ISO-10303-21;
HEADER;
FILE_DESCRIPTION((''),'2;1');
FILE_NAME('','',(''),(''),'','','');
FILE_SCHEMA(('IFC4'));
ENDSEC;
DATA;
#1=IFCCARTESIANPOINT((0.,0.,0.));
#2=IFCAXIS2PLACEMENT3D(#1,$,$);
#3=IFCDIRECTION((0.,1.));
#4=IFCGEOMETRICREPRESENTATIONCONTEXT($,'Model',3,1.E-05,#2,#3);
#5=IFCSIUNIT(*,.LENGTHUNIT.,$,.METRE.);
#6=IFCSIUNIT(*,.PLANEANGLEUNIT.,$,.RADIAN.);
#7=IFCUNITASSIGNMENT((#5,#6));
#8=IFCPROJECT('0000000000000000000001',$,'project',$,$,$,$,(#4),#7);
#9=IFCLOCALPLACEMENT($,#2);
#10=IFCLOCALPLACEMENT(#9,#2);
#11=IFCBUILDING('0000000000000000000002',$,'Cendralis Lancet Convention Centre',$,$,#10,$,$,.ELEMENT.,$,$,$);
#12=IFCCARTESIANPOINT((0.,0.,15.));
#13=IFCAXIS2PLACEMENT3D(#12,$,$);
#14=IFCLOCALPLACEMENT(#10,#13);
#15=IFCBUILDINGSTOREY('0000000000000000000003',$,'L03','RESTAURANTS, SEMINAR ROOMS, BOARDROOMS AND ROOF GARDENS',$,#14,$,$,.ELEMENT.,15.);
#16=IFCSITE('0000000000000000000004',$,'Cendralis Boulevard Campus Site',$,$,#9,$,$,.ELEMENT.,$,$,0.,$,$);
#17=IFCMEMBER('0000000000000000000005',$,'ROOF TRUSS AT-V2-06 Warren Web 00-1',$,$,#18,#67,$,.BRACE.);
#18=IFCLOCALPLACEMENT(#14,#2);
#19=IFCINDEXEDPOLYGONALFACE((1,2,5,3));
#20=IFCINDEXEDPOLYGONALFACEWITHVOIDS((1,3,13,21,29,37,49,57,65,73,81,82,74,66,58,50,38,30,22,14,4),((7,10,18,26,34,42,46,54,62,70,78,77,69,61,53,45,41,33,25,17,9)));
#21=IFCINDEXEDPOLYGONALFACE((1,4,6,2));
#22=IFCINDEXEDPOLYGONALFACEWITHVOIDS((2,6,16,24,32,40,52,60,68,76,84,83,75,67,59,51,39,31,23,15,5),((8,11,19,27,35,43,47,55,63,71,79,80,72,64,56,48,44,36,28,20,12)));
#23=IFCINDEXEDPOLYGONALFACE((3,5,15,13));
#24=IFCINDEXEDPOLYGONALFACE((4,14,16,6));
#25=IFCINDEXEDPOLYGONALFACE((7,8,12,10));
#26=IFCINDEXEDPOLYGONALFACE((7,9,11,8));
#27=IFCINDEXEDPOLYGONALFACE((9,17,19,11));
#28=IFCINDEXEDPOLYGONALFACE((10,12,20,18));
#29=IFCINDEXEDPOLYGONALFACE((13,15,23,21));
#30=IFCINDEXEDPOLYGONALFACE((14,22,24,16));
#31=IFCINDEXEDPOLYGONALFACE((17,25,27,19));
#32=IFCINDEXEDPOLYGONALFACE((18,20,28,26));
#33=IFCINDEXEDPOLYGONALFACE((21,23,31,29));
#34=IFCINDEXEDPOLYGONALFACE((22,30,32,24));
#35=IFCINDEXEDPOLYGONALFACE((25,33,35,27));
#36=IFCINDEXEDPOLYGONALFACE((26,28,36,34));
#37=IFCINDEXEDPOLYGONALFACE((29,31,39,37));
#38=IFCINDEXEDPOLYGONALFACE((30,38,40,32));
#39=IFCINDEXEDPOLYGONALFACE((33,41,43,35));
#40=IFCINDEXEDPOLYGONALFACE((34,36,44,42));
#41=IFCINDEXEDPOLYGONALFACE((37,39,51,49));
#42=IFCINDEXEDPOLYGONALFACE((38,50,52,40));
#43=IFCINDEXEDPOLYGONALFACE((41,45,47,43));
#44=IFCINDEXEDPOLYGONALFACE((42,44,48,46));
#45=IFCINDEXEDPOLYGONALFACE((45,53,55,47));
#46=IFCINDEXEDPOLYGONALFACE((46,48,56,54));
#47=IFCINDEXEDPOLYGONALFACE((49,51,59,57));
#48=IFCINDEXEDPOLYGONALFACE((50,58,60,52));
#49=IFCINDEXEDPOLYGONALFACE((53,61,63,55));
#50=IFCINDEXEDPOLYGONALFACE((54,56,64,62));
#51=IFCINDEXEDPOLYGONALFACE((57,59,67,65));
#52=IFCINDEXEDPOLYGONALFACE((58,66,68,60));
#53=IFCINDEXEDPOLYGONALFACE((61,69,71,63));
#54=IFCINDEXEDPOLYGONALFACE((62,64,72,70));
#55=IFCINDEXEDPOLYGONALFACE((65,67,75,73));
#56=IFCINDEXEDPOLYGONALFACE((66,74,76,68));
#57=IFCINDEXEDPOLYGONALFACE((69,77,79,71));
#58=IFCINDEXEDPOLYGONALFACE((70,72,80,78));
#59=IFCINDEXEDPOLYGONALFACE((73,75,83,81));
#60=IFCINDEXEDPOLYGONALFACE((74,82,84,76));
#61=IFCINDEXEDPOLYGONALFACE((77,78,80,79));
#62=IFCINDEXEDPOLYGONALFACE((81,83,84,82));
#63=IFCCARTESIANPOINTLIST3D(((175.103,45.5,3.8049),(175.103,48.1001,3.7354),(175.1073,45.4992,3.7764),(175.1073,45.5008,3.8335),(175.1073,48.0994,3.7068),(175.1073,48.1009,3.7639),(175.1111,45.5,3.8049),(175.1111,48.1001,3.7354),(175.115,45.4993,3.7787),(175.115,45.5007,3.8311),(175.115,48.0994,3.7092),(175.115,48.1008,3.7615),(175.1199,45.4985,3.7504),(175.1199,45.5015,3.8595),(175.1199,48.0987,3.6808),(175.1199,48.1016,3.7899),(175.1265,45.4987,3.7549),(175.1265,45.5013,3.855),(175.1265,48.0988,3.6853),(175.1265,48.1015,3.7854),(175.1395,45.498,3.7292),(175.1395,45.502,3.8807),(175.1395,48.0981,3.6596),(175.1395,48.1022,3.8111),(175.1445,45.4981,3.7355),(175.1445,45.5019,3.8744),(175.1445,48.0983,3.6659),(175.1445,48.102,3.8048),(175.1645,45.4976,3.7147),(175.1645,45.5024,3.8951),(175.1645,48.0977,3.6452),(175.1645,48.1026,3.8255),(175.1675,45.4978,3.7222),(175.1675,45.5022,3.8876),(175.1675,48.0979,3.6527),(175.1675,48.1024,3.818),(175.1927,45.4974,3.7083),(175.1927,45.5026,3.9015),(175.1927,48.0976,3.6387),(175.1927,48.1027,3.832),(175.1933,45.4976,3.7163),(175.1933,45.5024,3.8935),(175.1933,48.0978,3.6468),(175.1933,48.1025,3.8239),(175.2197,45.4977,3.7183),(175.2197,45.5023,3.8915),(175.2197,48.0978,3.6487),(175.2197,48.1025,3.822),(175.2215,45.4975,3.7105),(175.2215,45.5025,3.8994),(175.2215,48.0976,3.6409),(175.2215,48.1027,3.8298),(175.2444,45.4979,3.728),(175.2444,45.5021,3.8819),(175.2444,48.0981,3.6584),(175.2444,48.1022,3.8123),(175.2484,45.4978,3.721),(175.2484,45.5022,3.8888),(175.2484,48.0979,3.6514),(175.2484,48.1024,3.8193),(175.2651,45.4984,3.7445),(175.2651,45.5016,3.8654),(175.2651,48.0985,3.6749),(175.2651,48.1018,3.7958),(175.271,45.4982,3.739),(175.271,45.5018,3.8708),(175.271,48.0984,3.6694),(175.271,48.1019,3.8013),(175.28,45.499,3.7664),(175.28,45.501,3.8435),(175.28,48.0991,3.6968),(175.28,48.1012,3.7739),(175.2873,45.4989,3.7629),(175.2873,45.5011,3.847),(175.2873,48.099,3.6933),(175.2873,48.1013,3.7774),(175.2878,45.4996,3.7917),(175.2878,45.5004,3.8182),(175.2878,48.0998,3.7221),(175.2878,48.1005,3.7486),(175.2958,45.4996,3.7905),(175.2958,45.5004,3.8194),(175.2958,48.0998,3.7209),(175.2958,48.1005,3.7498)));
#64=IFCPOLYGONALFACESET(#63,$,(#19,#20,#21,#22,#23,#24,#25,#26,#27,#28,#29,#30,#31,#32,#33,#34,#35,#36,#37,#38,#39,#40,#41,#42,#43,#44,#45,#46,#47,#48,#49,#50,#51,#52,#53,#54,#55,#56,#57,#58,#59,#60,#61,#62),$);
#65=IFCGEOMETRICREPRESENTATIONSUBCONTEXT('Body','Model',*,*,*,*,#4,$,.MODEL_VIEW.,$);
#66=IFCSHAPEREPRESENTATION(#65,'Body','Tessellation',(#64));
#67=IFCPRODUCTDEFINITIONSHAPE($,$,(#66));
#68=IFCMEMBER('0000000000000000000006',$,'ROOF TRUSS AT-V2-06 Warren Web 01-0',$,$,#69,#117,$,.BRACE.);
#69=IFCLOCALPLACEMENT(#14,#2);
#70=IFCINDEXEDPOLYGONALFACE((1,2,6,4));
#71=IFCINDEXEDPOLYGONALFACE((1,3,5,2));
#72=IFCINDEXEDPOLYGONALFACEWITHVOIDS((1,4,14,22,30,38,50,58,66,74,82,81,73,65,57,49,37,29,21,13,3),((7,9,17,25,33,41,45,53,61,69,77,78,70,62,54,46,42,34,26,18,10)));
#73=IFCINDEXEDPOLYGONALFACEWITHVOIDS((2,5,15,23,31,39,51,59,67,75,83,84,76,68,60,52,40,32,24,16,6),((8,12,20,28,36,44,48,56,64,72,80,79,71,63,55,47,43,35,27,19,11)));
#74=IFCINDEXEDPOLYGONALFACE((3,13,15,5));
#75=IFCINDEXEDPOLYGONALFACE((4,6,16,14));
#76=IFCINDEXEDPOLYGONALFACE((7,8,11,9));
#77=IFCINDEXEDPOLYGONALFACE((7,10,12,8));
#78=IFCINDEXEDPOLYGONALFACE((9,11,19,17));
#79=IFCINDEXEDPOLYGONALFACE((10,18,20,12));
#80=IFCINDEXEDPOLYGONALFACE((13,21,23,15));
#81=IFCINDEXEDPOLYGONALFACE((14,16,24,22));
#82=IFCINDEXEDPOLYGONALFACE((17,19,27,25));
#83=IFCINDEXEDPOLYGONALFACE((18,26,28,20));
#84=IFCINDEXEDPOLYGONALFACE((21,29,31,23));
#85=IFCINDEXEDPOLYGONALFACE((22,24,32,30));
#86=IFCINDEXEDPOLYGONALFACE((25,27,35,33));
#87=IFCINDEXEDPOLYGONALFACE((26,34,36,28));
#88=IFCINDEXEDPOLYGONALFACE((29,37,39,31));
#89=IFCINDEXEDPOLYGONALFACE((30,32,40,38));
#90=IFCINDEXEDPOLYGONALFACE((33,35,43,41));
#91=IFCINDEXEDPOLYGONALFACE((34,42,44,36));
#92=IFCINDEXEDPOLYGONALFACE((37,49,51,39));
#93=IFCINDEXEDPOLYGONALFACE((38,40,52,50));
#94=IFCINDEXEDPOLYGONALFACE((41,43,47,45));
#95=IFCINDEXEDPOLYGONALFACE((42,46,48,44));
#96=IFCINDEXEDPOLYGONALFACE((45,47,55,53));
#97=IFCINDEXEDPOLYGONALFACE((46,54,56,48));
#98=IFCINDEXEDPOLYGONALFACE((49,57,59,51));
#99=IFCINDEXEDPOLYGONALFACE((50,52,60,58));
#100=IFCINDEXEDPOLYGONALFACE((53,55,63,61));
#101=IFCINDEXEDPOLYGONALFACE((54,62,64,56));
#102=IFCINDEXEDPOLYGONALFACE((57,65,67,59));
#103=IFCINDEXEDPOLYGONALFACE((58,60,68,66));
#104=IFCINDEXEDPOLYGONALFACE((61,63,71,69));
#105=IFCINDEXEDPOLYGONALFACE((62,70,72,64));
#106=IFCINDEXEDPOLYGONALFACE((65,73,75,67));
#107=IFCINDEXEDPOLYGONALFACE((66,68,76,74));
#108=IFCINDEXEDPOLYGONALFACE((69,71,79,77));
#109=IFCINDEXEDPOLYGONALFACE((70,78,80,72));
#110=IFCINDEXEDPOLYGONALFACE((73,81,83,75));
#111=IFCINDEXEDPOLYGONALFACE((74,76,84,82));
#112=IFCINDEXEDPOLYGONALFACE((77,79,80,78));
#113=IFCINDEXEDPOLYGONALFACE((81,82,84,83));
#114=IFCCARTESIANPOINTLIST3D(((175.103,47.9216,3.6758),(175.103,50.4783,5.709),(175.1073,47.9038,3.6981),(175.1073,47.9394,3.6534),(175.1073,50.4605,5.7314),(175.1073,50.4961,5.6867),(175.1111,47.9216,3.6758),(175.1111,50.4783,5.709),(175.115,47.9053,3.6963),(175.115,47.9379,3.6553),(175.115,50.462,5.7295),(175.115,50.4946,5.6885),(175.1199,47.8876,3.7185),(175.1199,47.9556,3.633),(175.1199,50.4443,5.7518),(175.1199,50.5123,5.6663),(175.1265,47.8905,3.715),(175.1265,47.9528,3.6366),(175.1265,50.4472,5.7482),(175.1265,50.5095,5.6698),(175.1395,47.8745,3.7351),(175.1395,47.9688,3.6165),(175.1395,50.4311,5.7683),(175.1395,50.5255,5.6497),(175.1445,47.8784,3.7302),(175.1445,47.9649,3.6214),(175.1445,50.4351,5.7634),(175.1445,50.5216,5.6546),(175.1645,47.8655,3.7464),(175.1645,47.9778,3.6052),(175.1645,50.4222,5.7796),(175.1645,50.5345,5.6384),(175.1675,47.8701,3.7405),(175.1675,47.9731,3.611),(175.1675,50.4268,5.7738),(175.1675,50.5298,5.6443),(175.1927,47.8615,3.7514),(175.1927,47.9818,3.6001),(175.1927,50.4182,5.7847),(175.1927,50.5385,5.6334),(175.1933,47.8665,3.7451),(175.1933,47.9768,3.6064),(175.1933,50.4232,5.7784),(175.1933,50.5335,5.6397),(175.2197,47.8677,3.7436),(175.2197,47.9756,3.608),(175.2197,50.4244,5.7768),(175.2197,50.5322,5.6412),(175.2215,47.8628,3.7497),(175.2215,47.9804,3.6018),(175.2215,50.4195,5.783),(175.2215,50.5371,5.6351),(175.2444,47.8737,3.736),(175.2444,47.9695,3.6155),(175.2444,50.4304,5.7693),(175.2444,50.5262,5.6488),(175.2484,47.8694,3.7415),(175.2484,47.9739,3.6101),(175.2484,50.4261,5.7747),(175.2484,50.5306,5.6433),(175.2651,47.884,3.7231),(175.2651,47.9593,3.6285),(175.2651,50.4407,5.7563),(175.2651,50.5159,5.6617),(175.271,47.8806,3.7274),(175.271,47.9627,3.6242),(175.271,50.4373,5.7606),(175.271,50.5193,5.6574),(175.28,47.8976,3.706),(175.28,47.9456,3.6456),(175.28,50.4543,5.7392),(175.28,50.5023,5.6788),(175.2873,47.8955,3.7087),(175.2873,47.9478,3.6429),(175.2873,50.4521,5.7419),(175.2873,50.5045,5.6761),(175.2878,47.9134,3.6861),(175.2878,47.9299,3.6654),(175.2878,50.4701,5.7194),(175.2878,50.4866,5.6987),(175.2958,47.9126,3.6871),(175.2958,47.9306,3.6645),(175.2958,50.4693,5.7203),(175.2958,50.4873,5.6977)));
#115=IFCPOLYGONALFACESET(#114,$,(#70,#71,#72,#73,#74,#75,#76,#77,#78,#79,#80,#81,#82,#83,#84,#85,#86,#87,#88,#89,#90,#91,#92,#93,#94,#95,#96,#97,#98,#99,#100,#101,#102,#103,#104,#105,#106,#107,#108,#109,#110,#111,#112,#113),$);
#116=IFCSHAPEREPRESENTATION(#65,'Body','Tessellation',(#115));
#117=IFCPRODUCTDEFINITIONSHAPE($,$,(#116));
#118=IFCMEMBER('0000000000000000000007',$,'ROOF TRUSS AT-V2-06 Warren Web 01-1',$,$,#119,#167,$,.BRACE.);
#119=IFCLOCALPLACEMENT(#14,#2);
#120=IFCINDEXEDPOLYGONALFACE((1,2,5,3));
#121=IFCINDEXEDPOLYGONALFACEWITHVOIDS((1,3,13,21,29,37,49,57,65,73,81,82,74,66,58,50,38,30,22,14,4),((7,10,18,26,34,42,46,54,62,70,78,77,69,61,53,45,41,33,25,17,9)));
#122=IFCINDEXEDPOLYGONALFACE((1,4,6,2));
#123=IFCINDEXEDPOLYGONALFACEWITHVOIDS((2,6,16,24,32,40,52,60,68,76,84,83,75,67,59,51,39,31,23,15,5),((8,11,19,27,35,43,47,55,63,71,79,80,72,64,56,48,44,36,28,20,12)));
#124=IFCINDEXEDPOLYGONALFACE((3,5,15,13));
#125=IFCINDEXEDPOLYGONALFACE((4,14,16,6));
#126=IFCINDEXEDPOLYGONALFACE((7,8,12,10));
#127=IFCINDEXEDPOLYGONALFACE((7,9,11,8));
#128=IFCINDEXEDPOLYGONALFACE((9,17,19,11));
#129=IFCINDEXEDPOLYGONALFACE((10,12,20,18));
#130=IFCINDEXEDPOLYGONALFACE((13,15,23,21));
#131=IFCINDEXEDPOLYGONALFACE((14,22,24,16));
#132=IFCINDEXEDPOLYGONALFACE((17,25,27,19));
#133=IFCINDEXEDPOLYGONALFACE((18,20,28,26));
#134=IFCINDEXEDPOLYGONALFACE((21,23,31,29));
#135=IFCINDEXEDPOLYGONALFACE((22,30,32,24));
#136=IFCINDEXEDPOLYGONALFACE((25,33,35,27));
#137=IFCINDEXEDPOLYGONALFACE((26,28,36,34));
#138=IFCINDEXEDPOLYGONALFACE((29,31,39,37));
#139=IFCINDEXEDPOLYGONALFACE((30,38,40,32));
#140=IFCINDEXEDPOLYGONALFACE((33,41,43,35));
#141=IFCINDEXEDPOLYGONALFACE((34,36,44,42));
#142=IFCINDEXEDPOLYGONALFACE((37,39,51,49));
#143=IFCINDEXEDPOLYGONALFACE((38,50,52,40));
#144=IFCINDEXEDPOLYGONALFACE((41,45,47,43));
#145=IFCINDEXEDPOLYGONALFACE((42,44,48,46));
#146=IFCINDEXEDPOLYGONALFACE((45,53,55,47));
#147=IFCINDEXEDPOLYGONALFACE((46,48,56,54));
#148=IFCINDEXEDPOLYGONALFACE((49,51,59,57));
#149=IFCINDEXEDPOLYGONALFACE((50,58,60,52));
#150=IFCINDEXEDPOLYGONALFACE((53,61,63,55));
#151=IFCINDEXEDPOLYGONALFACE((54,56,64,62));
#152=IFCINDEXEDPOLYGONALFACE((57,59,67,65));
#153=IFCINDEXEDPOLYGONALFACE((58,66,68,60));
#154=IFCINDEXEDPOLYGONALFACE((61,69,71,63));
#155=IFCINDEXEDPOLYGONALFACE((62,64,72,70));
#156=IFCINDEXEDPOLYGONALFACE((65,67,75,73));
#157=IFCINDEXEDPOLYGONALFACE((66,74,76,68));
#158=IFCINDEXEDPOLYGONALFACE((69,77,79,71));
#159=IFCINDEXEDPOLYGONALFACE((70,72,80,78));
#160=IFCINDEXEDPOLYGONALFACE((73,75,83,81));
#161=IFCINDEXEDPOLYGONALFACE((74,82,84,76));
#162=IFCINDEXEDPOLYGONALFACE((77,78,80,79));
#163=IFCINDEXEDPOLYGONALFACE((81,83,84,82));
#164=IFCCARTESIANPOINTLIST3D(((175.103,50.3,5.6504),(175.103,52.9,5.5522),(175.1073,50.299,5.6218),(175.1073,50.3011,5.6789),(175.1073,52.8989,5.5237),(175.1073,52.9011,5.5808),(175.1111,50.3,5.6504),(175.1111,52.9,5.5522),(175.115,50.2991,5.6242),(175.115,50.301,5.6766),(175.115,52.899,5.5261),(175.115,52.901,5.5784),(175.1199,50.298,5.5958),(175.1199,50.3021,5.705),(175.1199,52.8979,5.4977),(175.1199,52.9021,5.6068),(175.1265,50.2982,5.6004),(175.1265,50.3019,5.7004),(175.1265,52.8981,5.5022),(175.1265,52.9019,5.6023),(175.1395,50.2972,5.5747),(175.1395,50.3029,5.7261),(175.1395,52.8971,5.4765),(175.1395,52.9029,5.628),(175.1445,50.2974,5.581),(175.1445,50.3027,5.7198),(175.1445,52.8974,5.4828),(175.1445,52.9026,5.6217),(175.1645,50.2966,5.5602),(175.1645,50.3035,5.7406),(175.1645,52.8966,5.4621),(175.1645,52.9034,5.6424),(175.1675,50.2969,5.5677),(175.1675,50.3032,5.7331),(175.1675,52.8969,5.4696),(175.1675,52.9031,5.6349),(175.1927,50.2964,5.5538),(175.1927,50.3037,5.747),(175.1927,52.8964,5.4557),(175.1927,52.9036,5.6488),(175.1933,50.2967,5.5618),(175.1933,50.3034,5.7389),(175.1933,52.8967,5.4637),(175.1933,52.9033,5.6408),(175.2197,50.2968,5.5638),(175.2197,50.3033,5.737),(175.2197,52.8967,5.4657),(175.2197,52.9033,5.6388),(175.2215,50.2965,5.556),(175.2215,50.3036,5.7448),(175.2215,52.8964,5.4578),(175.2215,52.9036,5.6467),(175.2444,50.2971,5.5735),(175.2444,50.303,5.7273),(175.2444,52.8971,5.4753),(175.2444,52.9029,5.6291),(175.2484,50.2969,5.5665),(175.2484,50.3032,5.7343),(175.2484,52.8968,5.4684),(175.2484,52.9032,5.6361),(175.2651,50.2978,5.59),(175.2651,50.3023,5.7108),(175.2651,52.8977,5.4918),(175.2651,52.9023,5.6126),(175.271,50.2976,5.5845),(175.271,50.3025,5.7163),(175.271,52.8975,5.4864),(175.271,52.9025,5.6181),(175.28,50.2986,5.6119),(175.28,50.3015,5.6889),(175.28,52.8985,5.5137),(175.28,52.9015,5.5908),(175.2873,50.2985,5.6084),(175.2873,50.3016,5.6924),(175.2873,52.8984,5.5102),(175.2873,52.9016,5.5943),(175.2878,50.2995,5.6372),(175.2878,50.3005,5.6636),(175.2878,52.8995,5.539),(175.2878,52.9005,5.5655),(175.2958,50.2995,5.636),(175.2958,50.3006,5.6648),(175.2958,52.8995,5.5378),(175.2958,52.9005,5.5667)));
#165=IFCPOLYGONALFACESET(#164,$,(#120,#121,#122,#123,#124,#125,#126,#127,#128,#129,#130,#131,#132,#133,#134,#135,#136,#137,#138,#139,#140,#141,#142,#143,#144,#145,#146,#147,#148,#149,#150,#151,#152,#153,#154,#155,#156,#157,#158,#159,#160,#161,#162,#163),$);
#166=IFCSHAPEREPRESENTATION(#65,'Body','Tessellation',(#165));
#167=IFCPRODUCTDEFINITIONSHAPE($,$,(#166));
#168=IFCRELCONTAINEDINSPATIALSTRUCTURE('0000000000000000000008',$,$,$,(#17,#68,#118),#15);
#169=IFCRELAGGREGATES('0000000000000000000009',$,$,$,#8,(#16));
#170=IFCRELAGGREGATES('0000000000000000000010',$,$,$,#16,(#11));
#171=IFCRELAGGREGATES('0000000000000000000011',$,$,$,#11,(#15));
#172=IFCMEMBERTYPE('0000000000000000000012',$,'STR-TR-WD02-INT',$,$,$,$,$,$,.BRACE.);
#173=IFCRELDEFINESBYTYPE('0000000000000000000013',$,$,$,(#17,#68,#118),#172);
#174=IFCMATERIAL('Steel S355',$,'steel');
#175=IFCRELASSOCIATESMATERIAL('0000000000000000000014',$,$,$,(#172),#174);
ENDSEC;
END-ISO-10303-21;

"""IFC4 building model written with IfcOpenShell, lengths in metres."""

from ifc_helpers import new_model, si_unit, direction, frame, origin, origin_2d, place, context, subcontext, project, spatial, hollow_circle, extrude, material, material_profile, profile_set, type_object, element, save


model = new_model("IFC4")

# Units and contexts
model_context = context("Model", 3, precision=1e-05, world=origin(), true_north=direction((0.0, 1.0)))
body_context = subcontext(model_context, "Body", "Model", "MODEL_VIEW")
ifc_project = project(units=[si_unit("LENGTHUNIT", "METRE"), si_unit("PLANEANGLEUNIT", "RADIAN")], contexts=[model_context])

# Site, building, storey
site_placement = place(None, origin())
site = spatial("IfcSite", under=ifc_project, at=site_placement, Name="Cendralis Boulevard Campus Site", CompositionType="ELEMENT", RefElevation=0.0)
building_placement = place(site_placement, origin())
building = spatial("IfcBuilding", under=site, at=building_placement, Name="Cendralis Lancet Convention Centre", CompositionType="ELEMENT")
storey_placement = place(building_placement, frame((0.0, 0.0, 15.0)))
storey = spatial("IfcBuildingStorey", under=building, at=storey_placement, Name="L03", Description="RESTAURANTS, SEMINAR ROOMS, BOARDROOMS AND ROOF GARDENS", CompositionType="ELEMENT", Elevation=15.0)

# Shared definitions
ifc_material_1 = material(Name="Steel S355", Category="steel")

# Members
ifc_material_profile_1 = material_profile(ifc_material_1, hollow_circle(Radius=0.0969, WallThickness=0.0081, at=origin_2d()), Name="CHS 193.7x8.0")
ifc_profile_set_1 = profile_set([ifc_material_profile_1], Name="Steel S355")
member_type_1 = type_object("IfcMemberType", Name="STR-TR-WD02-INT", PredefinedType="BRACE", material=ifc_profile_set_1)
member_1_placement = place(storey_placement, frame((175.2, 45.5, 3.8049), z_axis=(0.0, 0.999642, -0.026751), x_axis=(-1.0, 0.0, 0.0)))
element("IfcMember", 1, at=member_1_placement, inside=storey, type_object=member_type_1, Name="ROOF TRUSS AT-V2-06 Warren Web 00-1", PredefinedType="BRACE", context=body_context, shape_type="SweptSolid", body=[
    extrude(hollow_circle(Radius=0.0969, WallThickness=0.0081, at=origin_2d()), origin(), (0.0, 0.0, 1.0), 2.6011),
])
member_2_placement = place(storey_placement, frame((175.2, 47.9216, 3.6758), z_axis=(0.0, 0.782674, 0.622432), x_axis=(-1.0, 0.0, 0.0)))
element("IfcMember", 2, at=member_2_placement, inside=storey, type_object=member_type_1, Name="ROOF TRUSS AT-V2-06 Warren Web 01-0", PredefinedType="BRACE", context=body_context, shape_type="SweptSolid", body=[
    extrude(hollow_circle(Radius=0.0969, WallThickness=0.0081, at=origin_2d()), origin(), (0.0, 0.0, 1.0), 3.2666),
])
member_3_placement = place(storey_placement, frame((175.2, 50.3, 5.6504), z_axis=(0.0, 0.999288, -0.037723), x_axis=(-1.0, 0.0, 0.0)))
element("IfcMember", 3, at=member_3_placement, inside=storey, type_object=member_type_1, Name="ROOF TRUSS AT-V2-06 Warren Web 01-1", PredefinedType="BRACE", context=body_context, shape_type="SweptSolid", body=[
    extrude(hollow_circle(Radius=0.0969, WallThickness=0.0081, at=origin_2d()), origin(), (0.0, 0.0, 1.0), 2.6018),
])

save(model, "model.ifc")
